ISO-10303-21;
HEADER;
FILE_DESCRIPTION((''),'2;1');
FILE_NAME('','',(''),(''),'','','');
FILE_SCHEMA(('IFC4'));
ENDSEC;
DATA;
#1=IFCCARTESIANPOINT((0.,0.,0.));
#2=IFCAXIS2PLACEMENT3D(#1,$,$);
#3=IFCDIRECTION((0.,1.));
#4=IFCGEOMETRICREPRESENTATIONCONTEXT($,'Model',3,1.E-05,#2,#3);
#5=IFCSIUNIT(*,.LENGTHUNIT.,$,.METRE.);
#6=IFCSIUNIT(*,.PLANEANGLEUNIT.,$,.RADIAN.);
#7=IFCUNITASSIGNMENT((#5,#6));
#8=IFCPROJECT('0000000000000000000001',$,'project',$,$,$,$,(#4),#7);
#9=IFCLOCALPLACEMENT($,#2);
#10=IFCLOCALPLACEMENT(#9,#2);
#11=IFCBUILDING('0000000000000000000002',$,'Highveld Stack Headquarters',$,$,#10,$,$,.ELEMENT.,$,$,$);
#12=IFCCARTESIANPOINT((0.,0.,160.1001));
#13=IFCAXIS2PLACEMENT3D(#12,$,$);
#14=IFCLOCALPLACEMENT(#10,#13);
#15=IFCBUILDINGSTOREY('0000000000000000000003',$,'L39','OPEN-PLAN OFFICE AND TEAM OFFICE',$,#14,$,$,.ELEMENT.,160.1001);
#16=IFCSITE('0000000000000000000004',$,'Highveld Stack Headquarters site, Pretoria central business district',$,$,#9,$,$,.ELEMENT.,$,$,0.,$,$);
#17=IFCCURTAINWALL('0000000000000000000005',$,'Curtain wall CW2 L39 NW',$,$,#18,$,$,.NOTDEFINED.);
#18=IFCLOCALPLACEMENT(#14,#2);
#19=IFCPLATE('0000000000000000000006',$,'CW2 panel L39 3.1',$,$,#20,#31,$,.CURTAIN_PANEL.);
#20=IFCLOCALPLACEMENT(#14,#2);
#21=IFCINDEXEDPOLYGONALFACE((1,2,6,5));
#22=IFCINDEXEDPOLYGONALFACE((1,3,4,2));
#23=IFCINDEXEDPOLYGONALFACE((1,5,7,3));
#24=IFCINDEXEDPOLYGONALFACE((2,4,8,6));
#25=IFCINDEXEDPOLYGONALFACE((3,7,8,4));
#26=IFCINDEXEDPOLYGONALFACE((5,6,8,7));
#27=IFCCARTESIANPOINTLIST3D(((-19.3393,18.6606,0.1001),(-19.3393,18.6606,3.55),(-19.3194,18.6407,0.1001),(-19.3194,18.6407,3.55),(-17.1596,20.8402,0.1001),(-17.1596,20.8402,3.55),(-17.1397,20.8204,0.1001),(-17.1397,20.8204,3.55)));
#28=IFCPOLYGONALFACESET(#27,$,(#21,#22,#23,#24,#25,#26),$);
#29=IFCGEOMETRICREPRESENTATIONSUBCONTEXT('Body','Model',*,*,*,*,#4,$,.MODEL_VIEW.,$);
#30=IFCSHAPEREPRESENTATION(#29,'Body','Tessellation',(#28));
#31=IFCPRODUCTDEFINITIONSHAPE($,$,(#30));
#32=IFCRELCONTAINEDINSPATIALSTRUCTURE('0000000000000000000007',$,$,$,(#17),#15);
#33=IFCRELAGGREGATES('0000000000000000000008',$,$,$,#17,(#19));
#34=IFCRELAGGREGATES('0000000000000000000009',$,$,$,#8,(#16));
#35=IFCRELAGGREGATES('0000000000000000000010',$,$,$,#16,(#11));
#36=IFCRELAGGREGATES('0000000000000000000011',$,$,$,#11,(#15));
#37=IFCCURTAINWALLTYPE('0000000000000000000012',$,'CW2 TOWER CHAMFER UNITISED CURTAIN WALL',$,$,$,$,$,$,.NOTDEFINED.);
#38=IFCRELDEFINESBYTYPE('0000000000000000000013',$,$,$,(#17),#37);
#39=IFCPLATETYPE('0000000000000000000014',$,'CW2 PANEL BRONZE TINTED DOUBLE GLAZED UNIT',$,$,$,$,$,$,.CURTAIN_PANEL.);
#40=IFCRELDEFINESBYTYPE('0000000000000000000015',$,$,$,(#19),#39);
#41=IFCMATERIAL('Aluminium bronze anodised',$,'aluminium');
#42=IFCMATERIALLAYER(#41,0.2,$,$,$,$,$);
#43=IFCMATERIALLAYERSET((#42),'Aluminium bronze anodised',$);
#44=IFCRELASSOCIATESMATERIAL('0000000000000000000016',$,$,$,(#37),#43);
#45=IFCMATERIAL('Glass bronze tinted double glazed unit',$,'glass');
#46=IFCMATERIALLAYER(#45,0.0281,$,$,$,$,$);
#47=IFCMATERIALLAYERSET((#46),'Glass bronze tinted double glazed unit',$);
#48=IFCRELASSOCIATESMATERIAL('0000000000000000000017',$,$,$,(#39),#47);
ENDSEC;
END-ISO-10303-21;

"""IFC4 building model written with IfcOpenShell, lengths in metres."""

from ifc_helpers import new_model, si_unit, direction, frame, origin, origin_2d, place, context, subcontext, project, spatial, rectangle, extrude, material, layer, layer_set, type_object, element, aggregate, save


model = new_model("IFC4")

# Units and contexts
model_context = context("Model", 3, precision=1e-05, world=origin(), true_north=direction((0.0, 1.0)))
body_context = subcontext(model_context, "Body", "Model", "MODEL_VIEW")
ifc_project = project(units=[si_unit("LENGTHUNIT", "METRE"), si_unit("PLANEANGLEUNIT", "RADIAN")], contexts=[model_context])

# Site, building, storey
site_placement = place(None, origin())
site = spatial("IfcSite", under=ifc_project, at=site_placement, Name="Highveld Stack Headquarters site, Pretoria central business district", CompositionType="ELEMENT", RefElevation=0.0)
building_placement = place(site_placement, origin())
building = spatial("IfcBuilding", under=site, at=building_placement, Name="Highveld Stack Headquarters", CompositionType="ELEMENT")
storey_placement = place(building_placement, frame((0.0, 0.0, 160.1001)))
storey = spatial("IfcBuildingStorey", under=building, at=storey_placement, Name="L39", Description="OPEN-PLAN OFFICE AND TEAM OFFICE", CompositionType="ELEMENT", Elevation=160.1001)

# Curtain wall
ifc_material_1 = material(Name="Aluminium bronze anodised", Category="aluminium")
ifc_layer_1 = layer(ifc_material_1, 0.2)
ifc_layer_set_1 = layer_set([ifc_layer_1], Name="Aluminium bronze anodised")
curtain_wall_type_1 = type_object("IfcCurtainWallType", Name="CW2 TOWER CHAMFER UNITISED CURTAIN WALL", PredefinedType="NOTDEFINED", material=ifc_layer_set_1)
curtain_wall_1_placement = place(storey_placement, origin())
curtain_wall_1 = element("IfcCurtainWall", 1, at=curtain_wall_1_placement, inside=storey, type_object=curtain_wall_type_1, Name="Curtain wall CW2 L39 NW", PredefinedType="NOTDEFINED")

# Plate
ifc_material_2 = material(Name="Glass bronze tinted double glazed unit", Category="glass")
ifc_layer_2 = layer(ifc_material_2, 0.0281)
ifc_layer_set_2 = layer_set([ifc_layer_2], Name="Glass bronze tinted double glazed unit")
plate_type_1 = type_object("IfcPlateType", Name="CW2 PANEL BRONZE TINTED DOUBLE GLAZED UNIT", PredefinedType="CURTAIN_PANEL", material=ifc_layer_set_2)
plate_1_placement = place(storey_placement, frame((-18.2395, 19.7405, 0.1001), z_axis=(0.0, 0.0, 1.0), x_axis=(-0.707107, -0.707107, 0.0)))
plate_1 = element("IfcPlate", 2, at=plate_1_placement, type_object=plate_type_1, Name="CW2 panel L39 3.1", PredefinedType="CURTAIN_PANEL", context=body_context, shape_type="SweptSolid", body=[
    extrude(rectangle(XDim=3.0825, YDim=0.0281, at=origin_2d()), origin(), (0.0, 0.0, 1.0), 3.45),
])
aggregate(curtain_wall_1, [plate_1])

save(model, "model.ifc")
